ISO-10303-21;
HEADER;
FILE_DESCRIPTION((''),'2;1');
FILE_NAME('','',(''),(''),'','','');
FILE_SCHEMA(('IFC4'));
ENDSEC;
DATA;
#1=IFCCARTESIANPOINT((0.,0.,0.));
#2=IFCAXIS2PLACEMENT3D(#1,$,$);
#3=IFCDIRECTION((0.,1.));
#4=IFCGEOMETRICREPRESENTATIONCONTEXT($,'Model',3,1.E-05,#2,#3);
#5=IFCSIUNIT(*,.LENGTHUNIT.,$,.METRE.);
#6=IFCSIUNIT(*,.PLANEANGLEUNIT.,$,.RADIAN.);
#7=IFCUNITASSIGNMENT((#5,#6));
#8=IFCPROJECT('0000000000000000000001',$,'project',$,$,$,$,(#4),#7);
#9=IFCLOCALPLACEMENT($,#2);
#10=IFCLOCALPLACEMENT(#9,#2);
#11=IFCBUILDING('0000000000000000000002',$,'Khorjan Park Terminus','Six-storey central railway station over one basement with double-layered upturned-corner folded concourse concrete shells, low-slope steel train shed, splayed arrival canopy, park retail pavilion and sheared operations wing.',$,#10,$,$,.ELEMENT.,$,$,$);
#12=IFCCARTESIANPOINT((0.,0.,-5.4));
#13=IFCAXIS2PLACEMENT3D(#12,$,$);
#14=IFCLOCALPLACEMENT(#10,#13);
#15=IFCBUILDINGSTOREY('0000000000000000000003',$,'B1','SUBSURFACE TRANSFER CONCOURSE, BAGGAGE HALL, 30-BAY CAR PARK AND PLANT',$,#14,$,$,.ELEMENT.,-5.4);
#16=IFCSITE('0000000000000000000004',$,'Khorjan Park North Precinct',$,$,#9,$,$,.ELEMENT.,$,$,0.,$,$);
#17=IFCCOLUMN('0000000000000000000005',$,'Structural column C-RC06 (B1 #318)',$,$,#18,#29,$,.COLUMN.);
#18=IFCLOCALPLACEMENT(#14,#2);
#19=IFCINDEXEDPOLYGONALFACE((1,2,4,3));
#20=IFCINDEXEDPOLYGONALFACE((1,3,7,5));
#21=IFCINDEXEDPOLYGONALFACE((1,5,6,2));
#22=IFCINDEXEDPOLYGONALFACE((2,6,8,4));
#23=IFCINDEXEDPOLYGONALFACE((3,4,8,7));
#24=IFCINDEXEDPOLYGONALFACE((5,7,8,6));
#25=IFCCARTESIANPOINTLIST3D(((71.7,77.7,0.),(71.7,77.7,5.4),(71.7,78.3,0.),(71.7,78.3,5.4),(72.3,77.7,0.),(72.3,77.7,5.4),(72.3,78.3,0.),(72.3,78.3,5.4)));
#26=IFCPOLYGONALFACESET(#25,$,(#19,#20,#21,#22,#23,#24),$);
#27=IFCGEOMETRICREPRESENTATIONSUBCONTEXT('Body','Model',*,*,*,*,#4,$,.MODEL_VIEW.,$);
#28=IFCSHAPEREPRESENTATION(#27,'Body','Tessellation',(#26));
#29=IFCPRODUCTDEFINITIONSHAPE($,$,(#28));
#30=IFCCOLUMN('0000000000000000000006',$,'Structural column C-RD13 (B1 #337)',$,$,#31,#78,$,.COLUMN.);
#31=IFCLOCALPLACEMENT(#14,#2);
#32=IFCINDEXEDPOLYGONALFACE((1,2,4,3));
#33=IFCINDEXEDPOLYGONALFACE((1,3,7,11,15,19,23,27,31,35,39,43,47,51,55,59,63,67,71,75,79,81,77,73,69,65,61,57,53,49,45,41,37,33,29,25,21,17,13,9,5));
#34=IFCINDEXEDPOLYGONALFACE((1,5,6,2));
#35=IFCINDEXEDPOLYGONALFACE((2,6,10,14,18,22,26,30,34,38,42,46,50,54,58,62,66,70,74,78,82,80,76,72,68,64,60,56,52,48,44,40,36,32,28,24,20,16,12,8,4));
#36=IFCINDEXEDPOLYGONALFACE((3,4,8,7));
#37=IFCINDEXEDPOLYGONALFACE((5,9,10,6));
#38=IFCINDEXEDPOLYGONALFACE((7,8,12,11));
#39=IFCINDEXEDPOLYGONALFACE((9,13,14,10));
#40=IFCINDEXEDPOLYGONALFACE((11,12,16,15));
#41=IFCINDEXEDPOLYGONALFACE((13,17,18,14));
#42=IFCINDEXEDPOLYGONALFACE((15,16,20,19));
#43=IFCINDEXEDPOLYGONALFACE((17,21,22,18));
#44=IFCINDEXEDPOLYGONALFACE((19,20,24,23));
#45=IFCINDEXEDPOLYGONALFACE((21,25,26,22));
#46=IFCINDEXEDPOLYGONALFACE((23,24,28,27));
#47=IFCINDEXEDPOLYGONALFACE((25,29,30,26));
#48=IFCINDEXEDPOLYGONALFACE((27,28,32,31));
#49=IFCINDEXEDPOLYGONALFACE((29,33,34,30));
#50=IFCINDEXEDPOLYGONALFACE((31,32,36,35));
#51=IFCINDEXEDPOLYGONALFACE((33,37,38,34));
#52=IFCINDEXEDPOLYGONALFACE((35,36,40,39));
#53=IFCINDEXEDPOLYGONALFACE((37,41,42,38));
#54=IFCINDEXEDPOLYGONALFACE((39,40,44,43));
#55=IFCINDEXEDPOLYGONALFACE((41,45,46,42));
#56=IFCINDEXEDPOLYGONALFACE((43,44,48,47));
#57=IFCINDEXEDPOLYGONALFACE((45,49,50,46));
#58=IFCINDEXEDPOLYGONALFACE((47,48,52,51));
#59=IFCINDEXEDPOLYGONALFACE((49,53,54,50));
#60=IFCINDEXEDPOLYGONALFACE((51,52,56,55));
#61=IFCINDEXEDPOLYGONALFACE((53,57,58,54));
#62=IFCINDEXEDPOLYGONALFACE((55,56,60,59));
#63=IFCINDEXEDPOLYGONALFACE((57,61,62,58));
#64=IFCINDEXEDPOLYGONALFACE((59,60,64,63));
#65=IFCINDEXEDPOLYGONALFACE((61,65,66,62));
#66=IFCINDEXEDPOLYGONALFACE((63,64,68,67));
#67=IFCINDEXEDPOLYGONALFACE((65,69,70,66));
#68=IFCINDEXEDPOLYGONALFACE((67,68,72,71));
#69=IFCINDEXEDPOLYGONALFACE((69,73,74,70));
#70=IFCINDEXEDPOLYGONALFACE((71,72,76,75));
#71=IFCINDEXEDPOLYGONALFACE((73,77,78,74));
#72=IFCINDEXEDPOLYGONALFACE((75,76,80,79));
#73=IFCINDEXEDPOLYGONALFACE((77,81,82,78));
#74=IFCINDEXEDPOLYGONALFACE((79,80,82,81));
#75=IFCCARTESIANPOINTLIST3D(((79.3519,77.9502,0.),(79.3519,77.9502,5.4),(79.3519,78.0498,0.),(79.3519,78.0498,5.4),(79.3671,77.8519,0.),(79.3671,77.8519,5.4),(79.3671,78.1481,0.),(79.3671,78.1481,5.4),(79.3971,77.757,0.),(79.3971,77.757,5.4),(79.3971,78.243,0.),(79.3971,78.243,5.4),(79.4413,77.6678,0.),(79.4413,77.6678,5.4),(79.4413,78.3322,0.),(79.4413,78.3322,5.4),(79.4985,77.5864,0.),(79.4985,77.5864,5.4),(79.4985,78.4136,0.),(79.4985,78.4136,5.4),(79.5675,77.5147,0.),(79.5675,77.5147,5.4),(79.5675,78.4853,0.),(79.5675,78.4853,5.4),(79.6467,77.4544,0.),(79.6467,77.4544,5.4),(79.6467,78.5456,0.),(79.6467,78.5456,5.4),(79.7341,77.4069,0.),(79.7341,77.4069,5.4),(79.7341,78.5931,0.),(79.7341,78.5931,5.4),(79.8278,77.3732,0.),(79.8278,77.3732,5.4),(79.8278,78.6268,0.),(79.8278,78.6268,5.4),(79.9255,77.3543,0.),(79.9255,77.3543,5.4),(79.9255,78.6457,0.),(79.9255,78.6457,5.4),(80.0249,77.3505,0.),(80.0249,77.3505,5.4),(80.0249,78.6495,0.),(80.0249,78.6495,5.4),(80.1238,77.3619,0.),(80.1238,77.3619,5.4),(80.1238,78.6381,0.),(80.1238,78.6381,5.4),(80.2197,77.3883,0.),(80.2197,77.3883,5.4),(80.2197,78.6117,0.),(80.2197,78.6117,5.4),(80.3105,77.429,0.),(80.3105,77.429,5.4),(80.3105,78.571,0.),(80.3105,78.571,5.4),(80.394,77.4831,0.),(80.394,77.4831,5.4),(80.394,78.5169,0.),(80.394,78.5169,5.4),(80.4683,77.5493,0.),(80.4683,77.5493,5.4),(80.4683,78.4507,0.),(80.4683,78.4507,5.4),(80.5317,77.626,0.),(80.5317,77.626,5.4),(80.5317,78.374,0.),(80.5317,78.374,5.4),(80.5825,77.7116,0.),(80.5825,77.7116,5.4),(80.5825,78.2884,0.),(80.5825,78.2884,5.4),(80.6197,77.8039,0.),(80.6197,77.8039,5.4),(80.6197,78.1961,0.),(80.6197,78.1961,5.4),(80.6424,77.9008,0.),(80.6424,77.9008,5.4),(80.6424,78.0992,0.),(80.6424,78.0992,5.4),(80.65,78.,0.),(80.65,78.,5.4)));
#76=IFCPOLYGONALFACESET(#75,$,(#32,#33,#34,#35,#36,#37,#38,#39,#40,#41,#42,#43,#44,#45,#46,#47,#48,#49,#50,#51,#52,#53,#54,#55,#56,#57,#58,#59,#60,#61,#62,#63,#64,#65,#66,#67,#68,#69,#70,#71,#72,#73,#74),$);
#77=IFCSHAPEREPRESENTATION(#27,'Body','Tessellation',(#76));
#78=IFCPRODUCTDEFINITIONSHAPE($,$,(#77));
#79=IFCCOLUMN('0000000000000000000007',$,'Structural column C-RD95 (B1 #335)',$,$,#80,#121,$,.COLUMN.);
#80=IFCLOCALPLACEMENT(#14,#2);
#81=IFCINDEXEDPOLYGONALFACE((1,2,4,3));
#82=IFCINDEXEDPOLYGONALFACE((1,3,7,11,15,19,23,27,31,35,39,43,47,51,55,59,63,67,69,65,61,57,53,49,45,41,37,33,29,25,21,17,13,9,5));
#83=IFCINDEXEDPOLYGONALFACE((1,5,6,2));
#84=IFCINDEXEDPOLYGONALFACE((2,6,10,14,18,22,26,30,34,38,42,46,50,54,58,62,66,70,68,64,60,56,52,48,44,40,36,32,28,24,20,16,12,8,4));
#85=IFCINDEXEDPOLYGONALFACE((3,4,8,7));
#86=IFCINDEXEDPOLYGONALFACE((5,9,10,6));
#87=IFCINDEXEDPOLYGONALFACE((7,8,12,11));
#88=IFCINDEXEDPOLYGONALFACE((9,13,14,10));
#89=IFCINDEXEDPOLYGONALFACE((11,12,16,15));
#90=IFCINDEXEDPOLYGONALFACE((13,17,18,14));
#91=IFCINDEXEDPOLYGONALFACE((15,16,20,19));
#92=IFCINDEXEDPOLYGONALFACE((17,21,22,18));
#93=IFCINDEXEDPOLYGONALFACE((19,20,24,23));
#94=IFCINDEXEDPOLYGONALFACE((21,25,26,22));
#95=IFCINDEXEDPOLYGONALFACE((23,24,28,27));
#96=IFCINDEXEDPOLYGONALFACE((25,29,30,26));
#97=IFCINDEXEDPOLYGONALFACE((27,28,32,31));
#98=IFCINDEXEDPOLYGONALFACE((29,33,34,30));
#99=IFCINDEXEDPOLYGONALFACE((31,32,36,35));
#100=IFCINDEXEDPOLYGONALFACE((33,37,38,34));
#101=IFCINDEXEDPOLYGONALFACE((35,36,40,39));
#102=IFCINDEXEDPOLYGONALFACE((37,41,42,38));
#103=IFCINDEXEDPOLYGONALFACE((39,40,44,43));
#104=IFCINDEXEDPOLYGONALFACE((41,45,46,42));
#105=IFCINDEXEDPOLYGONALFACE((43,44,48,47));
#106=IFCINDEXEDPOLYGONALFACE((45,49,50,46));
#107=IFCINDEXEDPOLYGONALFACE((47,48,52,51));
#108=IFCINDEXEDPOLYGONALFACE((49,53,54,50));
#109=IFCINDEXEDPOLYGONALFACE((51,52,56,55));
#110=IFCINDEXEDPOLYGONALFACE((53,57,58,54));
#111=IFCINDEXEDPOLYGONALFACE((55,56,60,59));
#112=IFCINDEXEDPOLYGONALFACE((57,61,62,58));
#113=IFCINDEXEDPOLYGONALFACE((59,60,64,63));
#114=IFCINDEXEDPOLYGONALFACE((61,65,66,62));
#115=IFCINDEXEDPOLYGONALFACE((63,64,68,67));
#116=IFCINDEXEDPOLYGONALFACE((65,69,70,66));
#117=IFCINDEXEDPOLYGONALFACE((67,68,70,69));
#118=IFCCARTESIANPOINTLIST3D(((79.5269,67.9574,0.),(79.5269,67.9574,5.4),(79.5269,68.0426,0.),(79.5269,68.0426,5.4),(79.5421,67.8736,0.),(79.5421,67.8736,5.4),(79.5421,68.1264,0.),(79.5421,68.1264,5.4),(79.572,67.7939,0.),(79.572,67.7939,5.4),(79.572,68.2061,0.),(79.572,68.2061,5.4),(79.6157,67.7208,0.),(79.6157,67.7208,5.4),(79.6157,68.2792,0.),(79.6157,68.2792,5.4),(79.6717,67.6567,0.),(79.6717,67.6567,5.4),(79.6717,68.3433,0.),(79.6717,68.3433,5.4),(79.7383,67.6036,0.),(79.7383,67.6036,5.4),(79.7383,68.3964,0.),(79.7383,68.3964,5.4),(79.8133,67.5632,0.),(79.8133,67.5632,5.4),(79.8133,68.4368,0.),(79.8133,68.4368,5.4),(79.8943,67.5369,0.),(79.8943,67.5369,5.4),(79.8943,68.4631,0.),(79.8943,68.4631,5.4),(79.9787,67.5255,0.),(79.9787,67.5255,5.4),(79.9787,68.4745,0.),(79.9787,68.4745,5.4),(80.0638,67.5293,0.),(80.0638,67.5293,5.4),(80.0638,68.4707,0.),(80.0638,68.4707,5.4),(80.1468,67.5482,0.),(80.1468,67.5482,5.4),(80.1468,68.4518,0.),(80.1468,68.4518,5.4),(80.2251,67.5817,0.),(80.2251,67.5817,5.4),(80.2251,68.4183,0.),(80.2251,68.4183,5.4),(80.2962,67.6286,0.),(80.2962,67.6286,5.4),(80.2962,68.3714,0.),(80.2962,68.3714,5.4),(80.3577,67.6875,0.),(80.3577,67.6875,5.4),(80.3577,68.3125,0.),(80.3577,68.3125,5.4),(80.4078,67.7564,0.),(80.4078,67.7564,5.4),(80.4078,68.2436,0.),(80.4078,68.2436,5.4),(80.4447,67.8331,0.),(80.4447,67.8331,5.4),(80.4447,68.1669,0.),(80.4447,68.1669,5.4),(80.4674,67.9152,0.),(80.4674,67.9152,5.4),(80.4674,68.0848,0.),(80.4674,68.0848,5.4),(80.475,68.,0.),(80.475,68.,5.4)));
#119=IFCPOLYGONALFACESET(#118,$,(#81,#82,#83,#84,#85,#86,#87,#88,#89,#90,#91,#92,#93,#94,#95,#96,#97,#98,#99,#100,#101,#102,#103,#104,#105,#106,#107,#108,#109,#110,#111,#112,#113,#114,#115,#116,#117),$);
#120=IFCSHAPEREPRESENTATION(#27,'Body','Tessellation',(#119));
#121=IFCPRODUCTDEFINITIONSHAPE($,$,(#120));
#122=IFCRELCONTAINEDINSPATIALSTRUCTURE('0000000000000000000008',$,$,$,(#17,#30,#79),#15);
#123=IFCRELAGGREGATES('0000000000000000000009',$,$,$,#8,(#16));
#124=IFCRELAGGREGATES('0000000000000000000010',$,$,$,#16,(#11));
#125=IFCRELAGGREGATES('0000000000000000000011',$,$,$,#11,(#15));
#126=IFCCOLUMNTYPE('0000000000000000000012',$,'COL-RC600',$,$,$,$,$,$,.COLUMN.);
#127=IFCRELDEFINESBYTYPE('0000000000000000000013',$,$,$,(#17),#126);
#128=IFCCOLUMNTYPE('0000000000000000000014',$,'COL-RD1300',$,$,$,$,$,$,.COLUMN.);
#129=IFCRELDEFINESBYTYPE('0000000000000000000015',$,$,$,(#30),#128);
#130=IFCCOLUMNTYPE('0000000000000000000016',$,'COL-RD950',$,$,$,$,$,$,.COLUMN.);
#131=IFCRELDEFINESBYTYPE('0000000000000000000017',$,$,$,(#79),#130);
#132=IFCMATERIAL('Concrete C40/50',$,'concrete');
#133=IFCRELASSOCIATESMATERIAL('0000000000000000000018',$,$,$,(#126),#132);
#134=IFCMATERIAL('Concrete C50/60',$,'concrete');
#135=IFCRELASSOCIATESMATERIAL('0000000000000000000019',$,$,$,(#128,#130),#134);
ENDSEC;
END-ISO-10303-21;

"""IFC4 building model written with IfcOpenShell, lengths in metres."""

from ifc_helpers import new_model, si_unit, direction, frame, origin, origin_2d, place, context, subcontext, project, spatial, rectangle, circle, extrude, material, material_profile, profile_set, type_object, element, save


model = new_model("IFC4")

# Units and contexts
model_context = context("Model", 3, precision=1e-05, world=origin(), true_north=direction((0.0, 1.0)))
body_context = subcontext(model_context, "Body", "Model", "MODEL_VIEW")
ifc_project = project(units=[si_unit("LENGTHUNIT", "METRE"), si_unit("PLANEANGLEUNIT", "RADIAN")], contexts=[model_context])

# Site, building, storey
site_placement = place(None, origin())
site = spatial("IfcSite", under=ifc_project, at=site_placement, Name="Khorjan Park North Precinct", CompositionType="ELEMENT", RefElevation=0.0)
building_placement = place(site_placement, origin())
building = spatial("IfcBuilding", under=site, at=building_placement, Name="Khorjan Park Terminus", Description="Six-storey central railway station over one basement with double-layered upturned-corner folded concourse concrete shells, low-slope steel train shed, splayed arrival canopy, park retail pavilion and sheared operations wing.", CompositionType="ELEMENT")
storey_placement = place(building_placement, frame((0.0, 0.0, -5.4)))
storey = spatial("IfcBuildingStorey", under=building, at=storey_placement, Name="B1", Description="SUBSURFACE TRANSFER CONCOURSE, BAGGAGE HALL, 30-BAY CAR PARK AND PLANT", CompositionType="ELEMENT", Elevation=-5.4)

# Shared definitions
ifc_material_1 = material(Name="Concrete C40/50", Category="concrete")

# Columns
ifc_material_profile_1 = material_profile(ifc_material_1, rectangle(XDim=0.6, YDim=0.6, at=origin_2d()), Name="RC 600x600")
ifc_profile_set_1 = profile_set([ifc_material_profile_1], Name="Concrete C40/50")
column_type_1 = type_object("IfcColumnType", Name="COL-RC600", PredefinedType="COLUMN", material=ifc_profile_set_1)
for number, where, z_axis, x_axis, name in (
    (1, (72.0, 78.0, 0.0), (0.0, 0.0, 1.0), (1.0, 0.0, 0.0), "Structural column C-RC06 (B1 #318)"),
):
    element("IfcColumn", number, at=place(storey_placement, frame(where, z_axis=z_axis, x_axis=x_axis)), inside=storey, type_object=column_type_1, Name=name, PredefinedType="COLUMN", context=body_context, shape_type="SweptSolid", body=[
        extrude(rectangle(XDim=0.6, YDim=0.6, at=origin_2d()), origin(), (0.0, 0.0, 1.0), 5.4),
    ])
ifc_material_2 = material(Name="Concrete C50/60", Category="concrete")
ifc_material_profile_2 = material_profile(ifc_material_2, circle(Radius=0.65, at=origin_2d()), Name="RC D1300")
ifc_profile_set_2 = profile_set([ifc_material_profile_2], Name="Concrete C50/60")
column_type_2 = type_object("IfcColumnType", Name="COL-RD1300", PredefinedType="COLUMN", material=ifc_profile_set_2)
column_1_placement = place(storey_placement, frame((80.0, 78.0, 0.0), z_axis=(0.0, 0.0, 1.0), x_axis=(1.0, 0.0, 0.0)))
element("IfcColumn", 2, at=column_1_placement, inside=storey, type_object=column_type_2, Name="Structural column C-RD13 (B1 #337)", PredefinedType="COLUMN", context=body_context, shape_type="SweptSolid", body=[
    extrude(circle(Radius=0.65, at=origin_2d()), origin(), (0.0, 0.0, 1.0), 5.4),
])
ifc_material_profile_3 = material_profile(ifc_material_2, circle(Radius=0.475, at=origin_2d()), Name="RC D950")
ifc_profile_set_3 = profile_set([ifc_material_profile_3], Name="Concrete C50/60")
column_type_3 = type_object("IfcColumnType", Name="COL-RD950", PredefinedType="COLUMN", material=ifc_profile_set_3)
column_2_placement = place(storey_placement, frame((80.0, 68.0, 0.0), z_axis=(0.0, 0.0, 1.0), x_axis=(1.0, 0.0, 0.0)))
element("IfcColumn", 3, at=column_2_placement, inside=storey, type_object=column_type_3, Name="Structural column C-RD95 (B1 #335)", PredefinedType="COLUMN", context=body_context, shape_type="SweptSolid", body=[
    extrude(circle(Radius=0.475, at=origin_2d()), origin(), (0.0, 0.0, 1.0), 5.4),
])

save(model, "model.ifc")
